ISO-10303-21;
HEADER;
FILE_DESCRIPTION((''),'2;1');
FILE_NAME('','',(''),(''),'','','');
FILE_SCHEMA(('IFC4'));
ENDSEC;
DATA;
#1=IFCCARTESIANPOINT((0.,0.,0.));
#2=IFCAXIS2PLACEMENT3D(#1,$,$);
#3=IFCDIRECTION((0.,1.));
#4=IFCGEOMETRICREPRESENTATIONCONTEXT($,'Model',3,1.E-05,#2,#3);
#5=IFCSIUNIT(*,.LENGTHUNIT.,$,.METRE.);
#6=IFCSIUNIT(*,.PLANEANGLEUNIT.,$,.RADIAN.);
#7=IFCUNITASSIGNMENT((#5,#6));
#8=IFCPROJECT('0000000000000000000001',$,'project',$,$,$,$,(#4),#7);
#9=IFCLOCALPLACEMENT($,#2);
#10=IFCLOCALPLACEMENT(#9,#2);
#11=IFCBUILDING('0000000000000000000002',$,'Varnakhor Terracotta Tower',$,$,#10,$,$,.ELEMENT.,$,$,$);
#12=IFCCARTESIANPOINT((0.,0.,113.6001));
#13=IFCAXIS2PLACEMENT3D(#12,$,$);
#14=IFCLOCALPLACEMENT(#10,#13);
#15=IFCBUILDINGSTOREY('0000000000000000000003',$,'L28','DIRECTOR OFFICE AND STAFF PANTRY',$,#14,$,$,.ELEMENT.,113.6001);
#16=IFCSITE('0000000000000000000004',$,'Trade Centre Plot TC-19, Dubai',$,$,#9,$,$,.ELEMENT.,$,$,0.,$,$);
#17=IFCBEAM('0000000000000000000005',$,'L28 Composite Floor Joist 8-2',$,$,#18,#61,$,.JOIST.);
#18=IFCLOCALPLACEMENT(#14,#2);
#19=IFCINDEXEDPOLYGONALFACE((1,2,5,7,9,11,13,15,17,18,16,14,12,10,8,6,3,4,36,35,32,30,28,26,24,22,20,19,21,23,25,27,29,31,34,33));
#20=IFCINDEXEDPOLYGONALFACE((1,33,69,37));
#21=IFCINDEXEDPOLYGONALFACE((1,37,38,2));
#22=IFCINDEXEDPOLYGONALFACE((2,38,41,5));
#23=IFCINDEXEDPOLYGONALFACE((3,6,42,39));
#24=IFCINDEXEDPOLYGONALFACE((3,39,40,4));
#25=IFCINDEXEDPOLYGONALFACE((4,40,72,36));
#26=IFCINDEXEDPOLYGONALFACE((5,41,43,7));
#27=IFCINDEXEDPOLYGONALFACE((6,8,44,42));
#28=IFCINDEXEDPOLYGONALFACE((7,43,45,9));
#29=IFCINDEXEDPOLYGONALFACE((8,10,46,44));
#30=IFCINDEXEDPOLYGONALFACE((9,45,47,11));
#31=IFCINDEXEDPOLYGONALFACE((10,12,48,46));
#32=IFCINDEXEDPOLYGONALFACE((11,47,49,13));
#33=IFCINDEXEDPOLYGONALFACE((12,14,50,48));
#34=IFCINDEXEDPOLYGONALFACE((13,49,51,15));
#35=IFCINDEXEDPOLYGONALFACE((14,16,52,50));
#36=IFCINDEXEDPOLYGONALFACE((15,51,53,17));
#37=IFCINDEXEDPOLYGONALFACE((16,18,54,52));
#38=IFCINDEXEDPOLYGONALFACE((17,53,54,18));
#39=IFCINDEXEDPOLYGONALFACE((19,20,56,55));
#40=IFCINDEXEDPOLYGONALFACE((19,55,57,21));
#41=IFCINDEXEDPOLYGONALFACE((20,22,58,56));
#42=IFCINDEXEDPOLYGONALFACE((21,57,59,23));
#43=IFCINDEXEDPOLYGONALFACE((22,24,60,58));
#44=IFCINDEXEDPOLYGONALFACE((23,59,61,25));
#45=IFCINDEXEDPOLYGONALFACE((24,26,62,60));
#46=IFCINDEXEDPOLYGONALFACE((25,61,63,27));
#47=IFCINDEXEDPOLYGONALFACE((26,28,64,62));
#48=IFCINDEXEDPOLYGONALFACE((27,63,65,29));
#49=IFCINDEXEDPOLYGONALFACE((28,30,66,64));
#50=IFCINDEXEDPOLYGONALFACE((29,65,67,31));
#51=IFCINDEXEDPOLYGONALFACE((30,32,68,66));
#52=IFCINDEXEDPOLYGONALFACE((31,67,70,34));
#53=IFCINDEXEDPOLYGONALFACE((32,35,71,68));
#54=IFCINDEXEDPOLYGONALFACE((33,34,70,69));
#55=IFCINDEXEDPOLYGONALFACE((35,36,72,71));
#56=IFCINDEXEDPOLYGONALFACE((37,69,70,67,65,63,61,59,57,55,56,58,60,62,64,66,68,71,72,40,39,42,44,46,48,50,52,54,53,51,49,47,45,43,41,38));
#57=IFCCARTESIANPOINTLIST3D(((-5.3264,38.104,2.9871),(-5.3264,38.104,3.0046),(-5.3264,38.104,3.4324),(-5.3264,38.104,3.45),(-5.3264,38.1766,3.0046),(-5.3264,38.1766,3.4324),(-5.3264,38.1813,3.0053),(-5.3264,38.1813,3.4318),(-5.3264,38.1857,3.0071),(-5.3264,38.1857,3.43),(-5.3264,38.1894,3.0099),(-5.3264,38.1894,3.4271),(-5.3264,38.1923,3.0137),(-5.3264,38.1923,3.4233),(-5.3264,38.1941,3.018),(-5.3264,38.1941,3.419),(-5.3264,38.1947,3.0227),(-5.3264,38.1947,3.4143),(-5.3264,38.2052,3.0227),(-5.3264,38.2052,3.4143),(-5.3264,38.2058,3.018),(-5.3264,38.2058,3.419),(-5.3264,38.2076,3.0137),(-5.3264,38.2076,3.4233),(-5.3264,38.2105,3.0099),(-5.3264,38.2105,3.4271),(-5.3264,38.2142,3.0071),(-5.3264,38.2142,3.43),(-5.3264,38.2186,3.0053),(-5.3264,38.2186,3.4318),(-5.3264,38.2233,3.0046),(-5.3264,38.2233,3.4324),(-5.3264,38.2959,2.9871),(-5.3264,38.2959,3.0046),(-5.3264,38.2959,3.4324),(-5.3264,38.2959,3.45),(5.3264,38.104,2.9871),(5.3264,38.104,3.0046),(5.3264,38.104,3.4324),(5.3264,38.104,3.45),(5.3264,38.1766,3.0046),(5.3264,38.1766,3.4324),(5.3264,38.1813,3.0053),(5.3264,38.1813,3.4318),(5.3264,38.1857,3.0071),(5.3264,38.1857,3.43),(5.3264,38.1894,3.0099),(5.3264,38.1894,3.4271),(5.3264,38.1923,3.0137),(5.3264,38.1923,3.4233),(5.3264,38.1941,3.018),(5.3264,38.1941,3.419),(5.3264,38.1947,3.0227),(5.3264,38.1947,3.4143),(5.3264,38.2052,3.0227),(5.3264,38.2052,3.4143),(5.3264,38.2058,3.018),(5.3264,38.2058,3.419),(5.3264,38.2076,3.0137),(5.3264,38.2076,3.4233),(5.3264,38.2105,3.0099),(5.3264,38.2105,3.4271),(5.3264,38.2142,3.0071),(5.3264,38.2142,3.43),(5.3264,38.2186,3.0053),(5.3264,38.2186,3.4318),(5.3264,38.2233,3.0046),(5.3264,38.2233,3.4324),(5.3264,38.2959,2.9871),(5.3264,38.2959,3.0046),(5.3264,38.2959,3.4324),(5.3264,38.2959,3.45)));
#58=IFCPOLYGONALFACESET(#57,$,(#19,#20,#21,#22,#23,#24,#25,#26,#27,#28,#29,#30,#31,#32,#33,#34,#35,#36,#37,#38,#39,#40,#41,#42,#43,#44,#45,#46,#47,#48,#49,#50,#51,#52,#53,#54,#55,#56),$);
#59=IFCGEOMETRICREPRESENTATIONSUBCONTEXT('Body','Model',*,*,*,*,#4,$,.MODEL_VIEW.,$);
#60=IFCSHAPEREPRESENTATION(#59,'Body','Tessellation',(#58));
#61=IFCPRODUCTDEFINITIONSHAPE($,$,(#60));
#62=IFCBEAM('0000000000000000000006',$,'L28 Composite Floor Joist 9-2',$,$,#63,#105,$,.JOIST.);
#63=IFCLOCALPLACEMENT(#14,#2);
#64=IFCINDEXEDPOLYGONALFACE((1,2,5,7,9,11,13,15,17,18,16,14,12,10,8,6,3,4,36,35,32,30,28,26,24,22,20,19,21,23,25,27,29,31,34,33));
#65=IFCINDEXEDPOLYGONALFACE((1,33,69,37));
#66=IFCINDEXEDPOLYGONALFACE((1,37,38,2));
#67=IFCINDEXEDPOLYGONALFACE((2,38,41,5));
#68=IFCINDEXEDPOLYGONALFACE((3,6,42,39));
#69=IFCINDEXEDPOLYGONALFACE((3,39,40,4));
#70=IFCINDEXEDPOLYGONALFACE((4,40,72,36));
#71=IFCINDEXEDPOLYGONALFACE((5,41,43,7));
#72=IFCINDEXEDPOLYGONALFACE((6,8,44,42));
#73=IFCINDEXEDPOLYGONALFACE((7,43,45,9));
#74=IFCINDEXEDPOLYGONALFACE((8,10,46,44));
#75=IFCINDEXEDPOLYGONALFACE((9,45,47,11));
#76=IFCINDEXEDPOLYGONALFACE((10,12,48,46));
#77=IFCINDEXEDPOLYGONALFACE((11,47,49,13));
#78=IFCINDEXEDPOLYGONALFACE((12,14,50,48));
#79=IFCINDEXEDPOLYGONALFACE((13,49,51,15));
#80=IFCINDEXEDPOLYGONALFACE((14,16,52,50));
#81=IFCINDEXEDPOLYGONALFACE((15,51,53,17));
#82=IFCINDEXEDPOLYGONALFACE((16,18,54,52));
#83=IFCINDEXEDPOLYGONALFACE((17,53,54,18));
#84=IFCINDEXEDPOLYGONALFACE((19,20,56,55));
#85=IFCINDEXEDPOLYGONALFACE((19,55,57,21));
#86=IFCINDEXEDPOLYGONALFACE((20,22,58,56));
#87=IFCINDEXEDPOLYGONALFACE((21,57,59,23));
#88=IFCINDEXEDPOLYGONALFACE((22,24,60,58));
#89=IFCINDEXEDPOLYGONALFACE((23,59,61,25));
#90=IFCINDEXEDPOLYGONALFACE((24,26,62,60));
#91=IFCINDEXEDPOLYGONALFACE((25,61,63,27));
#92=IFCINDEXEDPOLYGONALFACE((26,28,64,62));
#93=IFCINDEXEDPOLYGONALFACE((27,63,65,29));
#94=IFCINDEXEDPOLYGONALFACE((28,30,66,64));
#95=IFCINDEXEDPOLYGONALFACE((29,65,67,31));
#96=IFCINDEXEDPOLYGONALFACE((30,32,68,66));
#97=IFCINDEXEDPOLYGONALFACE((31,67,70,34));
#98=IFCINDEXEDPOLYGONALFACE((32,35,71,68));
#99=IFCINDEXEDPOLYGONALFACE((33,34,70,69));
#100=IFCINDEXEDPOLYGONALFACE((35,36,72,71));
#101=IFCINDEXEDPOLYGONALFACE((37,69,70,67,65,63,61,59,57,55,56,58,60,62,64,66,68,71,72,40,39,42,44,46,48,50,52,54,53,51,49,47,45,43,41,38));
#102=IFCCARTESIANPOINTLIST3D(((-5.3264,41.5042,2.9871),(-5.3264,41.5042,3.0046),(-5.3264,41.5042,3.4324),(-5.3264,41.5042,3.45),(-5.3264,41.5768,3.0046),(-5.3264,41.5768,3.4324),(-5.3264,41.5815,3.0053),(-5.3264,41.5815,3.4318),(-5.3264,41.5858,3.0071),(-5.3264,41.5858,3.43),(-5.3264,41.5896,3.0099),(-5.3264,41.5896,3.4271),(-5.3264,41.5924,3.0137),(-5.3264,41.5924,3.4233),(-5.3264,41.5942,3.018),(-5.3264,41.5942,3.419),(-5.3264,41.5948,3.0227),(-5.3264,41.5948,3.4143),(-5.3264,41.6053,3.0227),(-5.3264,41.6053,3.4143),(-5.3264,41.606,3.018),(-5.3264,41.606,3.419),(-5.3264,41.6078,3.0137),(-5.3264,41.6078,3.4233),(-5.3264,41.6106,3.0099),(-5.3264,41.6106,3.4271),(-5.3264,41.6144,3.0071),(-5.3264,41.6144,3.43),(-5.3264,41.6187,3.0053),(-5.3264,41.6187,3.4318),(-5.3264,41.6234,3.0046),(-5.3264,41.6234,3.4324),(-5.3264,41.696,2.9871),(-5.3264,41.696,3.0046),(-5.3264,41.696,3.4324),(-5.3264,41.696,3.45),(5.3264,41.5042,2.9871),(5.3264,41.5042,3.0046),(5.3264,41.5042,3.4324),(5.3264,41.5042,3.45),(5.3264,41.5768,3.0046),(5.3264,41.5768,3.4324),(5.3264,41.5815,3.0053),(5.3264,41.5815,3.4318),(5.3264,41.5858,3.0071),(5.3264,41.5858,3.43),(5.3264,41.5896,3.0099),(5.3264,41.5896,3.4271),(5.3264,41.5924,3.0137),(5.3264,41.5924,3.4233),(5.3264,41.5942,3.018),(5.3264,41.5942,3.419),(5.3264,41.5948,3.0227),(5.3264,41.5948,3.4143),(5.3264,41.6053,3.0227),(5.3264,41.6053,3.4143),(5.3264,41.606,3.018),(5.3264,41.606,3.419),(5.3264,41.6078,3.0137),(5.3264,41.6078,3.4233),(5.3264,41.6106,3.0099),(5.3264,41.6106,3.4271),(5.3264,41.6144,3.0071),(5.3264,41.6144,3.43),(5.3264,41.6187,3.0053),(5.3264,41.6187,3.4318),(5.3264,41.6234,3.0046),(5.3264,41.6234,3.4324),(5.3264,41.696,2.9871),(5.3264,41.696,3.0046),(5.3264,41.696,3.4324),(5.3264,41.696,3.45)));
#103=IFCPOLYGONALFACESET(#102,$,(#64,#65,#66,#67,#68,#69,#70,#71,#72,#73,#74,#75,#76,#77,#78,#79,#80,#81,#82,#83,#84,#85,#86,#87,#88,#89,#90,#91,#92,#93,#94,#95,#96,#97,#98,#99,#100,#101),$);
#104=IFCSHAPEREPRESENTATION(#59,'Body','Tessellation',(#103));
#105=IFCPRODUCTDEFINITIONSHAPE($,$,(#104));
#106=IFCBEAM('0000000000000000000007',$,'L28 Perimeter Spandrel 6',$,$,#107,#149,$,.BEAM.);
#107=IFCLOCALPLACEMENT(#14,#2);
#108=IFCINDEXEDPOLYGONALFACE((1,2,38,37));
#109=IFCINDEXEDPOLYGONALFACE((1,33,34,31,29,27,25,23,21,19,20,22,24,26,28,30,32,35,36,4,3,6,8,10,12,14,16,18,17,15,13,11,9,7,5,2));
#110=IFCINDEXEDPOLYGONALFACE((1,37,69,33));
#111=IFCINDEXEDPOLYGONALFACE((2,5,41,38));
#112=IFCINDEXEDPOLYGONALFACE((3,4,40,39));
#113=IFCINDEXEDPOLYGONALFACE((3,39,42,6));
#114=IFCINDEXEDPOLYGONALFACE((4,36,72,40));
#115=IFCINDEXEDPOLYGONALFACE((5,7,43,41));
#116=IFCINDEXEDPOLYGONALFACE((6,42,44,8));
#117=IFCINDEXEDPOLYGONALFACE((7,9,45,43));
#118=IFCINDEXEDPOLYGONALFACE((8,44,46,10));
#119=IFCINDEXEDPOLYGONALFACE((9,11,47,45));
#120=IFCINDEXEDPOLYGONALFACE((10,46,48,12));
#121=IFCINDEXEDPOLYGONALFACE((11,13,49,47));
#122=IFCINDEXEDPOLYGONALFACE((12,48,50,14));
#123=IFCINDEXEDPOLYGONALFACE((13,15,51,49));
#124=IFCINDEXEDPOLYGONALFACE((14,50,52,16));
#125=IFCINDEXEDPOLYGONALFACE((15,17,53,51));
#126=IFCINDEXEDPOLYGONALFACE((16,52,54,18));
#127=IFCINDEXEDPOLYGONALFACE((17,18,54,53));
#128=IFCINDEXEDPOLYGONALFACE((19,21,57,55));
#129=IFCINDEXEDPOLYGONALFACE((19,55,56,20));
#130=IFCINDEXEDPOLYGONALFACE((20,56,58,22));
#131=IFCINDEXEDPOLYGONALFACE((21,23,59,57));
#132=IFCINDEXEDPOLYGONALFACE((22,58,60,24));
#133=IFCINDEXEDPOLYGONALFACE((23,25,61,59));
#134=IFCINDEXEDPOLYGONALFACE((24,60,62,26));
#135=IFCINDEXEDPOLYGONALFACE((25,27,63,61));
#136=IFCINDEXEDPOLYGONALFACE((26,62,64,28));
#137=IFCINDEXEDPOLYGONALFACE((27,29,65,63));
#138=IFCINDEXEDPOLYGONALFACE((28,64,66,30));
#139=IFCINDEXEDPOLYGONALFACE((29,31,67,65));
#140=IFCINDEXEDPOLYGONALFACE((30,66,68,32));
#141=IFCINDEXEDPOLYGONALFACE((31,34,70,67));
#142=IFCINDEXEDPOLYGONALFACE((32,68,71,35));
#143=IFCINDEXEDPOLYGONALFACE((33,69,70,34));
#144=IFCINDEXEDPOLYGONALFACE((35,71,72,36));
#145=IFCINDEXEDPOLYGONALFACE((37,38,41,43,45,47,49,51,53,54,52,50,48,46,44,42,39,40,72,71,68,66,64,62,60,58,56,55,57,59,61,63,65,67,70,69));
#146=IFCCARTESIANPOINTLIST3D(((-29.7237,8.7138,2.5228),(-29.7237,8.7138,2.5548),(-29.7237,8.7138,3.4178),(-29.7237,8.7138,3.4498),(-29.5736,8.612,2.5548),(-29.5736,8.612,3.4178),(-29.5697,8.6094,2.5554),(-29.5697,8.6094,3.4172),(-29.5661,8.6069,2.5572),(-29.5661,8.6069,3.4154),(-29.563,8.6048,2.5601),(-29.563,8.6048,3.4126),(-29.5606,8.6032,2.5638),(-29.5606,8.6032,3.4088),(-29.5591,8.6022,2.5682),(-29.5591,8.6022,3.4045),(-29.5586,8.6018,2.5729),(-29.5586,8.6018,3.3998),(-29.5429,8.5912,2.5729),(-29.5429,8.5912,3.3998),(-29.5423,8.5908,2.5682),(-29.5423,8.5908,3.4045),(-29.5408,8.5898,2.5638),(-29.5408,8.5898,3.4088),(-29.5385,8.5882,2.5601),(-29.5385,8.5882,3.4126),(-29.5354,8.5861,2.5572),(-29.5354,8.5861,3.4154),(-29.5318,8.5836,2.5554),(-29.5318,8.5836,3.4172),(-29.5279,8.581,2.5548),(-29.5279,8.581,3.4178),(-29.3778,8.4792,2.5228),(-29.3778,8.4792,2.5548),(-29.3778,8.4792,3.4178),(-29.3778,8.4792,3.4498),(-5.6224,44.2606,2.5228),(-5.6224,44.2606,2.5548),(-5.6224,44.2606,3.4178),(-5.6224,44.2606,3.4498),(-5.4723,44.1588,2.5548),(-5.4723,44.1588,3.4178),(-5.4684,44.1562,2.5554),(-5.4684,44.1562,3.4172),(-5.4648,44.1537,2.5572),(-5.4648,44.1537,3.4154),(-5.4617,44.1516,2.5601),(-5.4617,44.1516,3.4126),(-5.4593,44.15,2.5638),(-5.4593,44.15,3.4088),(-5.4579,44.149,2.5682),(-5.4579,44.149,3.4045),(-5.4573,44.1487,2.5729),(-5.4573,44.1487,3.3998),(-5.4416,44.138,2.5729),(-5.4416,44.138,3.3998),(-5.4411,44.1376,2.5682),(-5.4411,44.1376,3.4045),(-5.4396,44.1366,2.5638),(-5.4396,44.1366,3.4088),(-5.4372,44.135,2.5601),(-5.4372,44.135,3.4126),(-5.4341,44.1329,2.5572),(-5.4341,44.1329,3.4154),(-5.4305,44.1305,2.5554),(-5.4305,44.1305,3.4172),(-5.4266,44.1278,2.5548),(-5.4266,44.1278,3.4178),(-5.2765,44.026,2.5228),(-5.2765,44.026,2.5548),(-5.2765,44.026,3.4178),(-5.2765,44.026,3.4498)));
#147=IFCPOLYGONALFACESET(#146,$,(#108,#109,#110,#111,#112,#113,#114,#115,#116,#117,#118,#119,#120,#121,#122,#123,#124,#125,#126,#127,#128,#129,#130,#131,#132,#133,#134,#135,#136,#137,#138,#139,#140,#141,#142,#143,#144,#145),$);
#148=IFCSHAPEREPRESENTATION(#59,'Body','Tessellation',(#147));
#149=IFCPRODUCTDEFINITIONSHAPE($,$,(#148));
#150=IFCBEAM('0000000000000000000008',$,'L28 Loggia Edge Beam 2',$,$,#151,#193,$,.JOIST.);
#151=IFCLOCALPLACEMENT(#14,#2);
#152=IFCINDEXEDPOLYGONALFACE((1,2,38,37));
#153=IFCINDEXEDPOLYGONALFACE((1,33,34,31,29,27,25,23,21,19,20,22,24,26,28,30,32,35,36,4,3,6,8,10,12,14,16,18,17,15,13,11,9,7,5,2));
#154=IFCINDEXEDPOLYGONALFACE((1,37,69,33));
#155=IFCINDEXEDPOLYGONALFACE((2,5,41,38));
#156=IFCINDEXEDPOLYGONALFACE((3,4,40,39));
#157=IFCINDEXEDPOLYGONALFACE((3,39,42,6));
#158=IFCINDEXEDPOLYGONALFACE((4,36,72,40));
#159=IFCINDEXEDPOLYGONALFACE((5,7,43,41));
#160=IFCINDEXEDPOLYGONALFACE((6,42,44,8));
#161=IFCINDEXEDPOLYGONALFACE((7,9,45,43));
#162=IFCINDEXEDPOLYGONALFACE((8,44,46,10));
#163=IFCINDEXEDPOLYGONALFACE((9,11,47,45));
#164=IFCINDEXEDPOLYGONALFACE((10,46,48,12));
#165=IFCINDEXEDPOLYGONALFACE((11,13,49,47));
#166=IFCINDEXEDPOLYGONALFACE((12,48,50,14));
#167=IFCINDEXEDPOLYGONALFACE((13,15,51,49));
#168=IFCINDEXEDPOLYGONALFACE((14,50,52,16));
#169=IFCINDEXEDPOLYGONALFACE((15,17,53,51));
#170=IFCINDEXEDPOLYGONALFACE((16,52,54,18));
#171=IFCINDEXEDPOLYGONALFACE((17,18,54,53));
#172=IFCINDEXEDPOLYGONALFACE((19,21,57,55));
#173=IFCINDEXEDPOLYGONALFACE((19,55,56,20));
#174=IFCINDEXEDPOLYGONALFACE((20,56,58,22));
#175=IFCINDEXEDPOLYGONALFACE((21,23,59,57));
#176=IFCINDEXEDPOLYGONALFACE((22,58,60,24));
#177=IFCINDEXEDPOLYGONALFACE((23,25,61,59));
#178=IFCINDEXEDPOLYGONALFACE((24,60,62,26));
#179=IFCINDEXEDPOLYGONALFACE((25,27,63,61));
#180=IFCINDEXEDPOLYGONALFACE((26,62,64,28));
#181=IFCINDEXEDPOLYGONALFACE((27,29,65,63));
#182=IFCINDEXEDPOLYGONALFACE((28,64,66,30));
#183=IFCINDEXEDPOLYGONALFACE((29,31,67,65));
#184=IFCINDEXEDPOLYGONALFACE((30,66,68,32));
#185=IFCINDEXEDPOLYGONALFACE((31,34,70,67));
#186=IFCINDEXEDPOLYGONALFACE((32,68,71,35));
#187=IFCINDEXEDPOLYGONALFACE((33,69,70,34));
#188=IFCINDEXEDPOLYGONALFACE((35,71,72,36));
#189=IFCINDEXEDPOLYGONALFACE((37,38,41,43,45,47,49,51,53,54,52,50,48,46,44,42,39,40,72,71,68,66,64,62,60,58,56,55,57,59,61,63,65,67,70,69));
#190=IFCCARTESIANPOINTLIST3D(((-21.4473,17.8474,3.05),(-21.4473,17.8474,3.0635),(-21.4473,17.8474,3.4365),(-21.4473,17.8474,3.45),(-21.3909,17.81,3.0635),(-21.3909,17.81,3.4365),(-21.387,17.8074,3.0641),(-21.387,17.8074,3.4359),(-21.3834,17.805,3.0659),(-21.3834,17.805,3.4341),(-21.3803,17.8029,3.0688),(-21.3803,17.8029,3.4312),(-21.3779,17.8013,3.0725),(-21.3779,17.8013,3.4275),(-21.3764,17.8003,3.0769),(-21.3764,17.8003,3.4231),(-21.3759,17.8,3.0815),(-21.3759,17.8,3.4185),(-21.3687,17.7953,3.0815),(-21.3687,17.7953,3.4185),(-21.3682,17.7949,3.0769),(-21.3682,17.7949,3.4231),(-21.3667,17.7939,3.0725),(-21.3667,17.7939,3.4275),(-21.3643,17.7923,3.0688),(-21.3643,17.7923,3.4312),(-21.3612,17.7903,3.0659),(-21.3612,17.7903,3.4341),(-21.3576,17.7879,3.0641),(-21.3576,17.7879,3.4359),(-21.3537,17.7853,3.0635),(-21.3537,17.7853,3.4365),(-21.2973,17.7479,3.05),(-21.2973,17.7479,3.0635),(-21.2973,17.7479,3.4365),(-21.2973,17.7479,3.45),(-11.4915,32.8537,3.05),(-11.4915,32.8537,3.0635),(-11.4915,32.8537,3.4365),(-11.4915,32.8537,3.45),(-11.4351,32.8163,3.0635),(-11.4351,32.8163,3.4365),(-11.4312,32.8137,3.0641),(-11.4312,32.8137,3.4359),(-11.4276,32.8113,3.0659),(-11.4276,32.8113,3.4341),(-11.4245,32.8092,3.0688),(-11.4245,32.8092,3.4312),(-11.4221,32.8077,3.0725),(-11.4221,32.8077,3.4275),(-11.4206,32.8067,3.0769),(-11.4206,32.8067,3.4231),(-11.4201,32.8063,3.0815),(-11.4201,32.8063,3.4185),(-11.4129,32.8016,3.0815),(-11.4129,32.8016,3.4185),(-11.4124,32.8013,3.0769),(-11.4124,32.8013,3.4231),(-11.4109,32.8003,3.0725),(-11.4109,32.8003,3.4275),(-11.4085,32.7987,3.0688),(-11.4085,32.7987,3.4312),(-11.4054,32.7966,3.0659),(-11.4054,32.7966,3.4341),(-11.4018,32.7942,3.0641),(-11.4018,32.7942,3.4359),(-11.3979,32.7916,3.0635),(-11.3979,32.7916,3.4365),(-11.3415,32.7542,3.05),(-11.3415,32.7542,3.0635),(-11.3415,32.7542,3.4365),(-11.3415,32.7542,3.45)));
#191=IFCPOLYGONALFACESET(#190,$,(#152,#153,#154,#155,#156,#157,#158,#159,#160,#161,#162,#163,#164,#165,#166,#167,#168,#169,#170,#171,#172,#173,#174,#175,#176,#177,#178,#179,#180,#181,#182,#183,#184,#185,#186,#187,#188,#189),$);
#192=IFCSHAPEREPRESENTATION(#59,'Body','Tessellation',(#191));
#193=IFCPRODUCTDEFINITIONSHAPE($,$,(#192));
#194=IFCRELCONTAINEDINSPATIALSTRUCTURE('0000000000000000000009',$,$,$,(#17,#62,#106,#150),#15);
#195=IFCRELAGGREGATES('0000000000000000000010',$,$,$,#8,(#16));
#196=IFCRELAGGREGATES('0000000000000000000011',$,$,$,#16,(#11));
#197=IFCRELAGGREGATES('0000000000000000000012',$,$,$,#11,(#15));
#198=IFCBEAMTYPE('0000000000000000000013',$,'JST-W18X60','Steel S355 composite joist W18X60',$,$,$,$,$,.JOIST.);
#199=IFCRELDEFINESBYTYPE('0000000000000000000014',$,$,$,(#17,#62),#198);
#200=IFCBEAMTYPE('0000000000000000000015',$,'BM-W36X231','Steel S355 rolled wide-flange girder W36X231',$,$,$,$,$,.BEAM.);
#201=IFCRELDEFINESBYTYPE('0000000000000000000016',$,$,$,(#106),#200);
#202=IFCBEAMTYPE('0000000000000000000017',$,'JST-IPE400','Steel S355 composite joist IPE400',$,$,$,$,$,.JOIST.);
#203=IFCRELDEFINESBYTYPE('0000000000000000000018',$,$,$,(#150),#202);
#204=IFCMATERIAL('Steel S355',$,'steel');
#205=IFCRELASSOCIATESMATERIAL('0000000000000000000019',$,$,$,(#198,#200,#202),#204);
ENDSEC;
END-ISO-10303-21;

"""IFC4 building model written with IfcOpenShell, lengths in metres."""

from ifc_helpers import new_model, si_unit, direction, frame, origin, origin_2d, place, context, subcontext, project, spatial, i_section, extrude, source, transform, mapped, material, material_profile, profile_set, type_object, element, save


model = new_model("IFC4")

# Units and contexts
model_context = context("Model", 3, precision=1e-05, world=origin(), true_north=direction((0.0, 1.0)))
body_context = subcontext(model_context, "Body", "Model", "MODEL_VIEW")
ifc_project = project(units=[si_unit("LENGTHUNIT", "METRE"), si_unit("PLANEANGLEUNIT", "RADIAN")], contexts=[model_context])

# Site, building, storey
site_placement = place(None, origin())
site = spatial("IfcSite", under=ifc_project, at=site_placement, Name="Trade Centre Plot TC-19, Dubai", CompositionType="ELEMENT", RefElevation=0.0)
building_placement = place(site_placement, origin())
building = spatial("IfcBuilding", under=site, at=building_placement, Name="Varnakhor Terracotta Tower", CompositionType="ELEMENT")
storey_placement = place(building_placement, frame((0.0, 0.0, 113.6001)))
storey = spatial("IfcBuildingStorey", under=building, at=storey_placement, Name="L28", Description="DIRECTOR OFFICE AND STAFF PANTRY", CompositionType="ELEMENT", Elevation=113.6001)

# Beams
ifc_material_1 = material(Name="Steel S355", Category="steel")
ifc_material_profile_1 = material_profile(ifc_material_1, i_section(OverallWidth=0.1919, OverallDepth=0.4629, WebThickness=0.0105, FlangeThickness=0.0176, FilletRadius=0.0181, at=origin_2d()), Name="W18X60")
ifc_profile_set_1 = profile_set([ifc_material_profile_1], Name="Steel S355")
beam_type_1 = type_object("IfcBeamType", Name="JST-W18X60", Description="Steel S355 composite joist W18X60", PredefinedType="JOIST", material=ifc_profile_set_1)
shared_shape_1 = source(origin(), body_context, "Body", "SweptSolid", [
    extrude(i_section(OverallWidth=0.1919, OverallDepth=0.4629, WebThickness=0.0105, FlangeThickness=0.0176, FilletRadius=0.0181, at=origin_2d()), origin(), (0.0, 0.0, 1.0), 10.6528),
])
for number, where, z_axis, x_axis, name in (
    (1, (-5.3264, 38.2, 3.2185), (1.0, 0.0, 0.0), (0.0, 1.0, 0.0), "L28 Composite Floor Joist 8-2"),
    (2, (-5.3264, 41.6001, 3.2185), (1.0, 0.0, 0.0), (0.0, 1.0, 0.0), "L28 Composite Floor Joist 9-2"),
):
    element("IfcBeam", number, at=place(storey_placement, frame(where, z_axis=z_axis, x_axis=x_axis)), inside=storey, type_object=beam_type_1, Name=name, PredefinedType="JOIST", context=body_context, shape_type="MappedRepresentation", body=[
        mapped(shared_shape_1, transform((0.0, 0.0, 0.0), scale=1.0)),
    ])
ifc_material_profile_2 = material_profile(ifc_material_1, i_section(OverallWidth=0.418, OverallDepth=0.927, WebThickness=0.019, FlangeThickness=0.032, FilletRadius=0.0181, at=origin_2d()), Name="W36X231")
ifc_profile_set_2 = profile_set([ifc_material_profile_2], Name="Steel S355")
beam_type_2 = type_object("IfcBeamType", Name="BM-W36X231", Description="Steel S355 rolled wide-flange girder W36X231", PredefinedType="BEAM", material=ifc_profile_set_2)
shared_shape_2 = source(origin(), body_context, "Body", "SweptSolid", [
    extrude(i_section(OverallWidth=0.418, OverallDepth=0.927, WebThickness=0.019, FlangeThickness=0.032, FilletRadius=0.0181, at=origin_2d()), origin(), (0.0, 0.0, 1.0), 42.947),
])
beam_1_placement = place(storey_placement, frame((-5.4495, 44.1433, 2.9863), z_axis=(-0.561186, -0.82769, 0.0), x_axis=(0.82769, -0.561186, 0.0)))
element("IfcBeam", 3, at=beam_1_placement, inside=storey, type_object=beam_type_2, Name="L28 Perimeter Spandrel 6", PredefinedType="BEAM", context=body_context, shape_type="MappedRepresentation", body=[
    mapped(shared_shape_2, transform((0.0, 0.0, 0.0), scale=1.0)),
])
ifc_material_profile_3 = material_profile(ifc_material_1, i_section(OverallWidth=0.1799, OverallDepth=0.3999, WebThickness=0.0085, FlangeThickness=0.0134, FilletRadius=0.0181, at=origin_2d()), Name="IPE400")
ifc_profile_set_3 = profile_set([ifc_material_profile_3], Name="Steel S355")
beam_type_3 = type_object("IfcBeamType", Name="JST-IPE400", Description="Steel S355 composite joist IPE400", PredefinedType="JOIST", material=ifc_profile_set_3)
shared_shape_3 = source(origin(), body_context, "Body", "SweptSolid", [
    extrude(i_section(OverallWidth=0.1799, OverallDepth=0.3999, WebThickness=0.0085, FlangeThickness=0.0134, FilletRadius=0.0181, at=origin_2d()), origin(), (0.0, 0.0, 1.0), 18.0085),
])
beam_2_placement = place(storey_placement, frame((-11.4165, 32.804, 3.25), z_axis=(-0.552837, -0.833289, 0.0), x_axis=(0.833289, -0.552837, 0.0)))
element("IfcBeam", 4, at=beam_2_placement, inside=storey, type_object=beam_type_3, Name="L28 Loggia Edge Beam 2", PredefinedType="JOIST", context=body_context, shape_type="MappedRepresentation", body=[
    mapped(shared_shape_3, transform((0.0, 0.0, 0.0), scale=1.0)),
])

save(model, "model.ifc")
